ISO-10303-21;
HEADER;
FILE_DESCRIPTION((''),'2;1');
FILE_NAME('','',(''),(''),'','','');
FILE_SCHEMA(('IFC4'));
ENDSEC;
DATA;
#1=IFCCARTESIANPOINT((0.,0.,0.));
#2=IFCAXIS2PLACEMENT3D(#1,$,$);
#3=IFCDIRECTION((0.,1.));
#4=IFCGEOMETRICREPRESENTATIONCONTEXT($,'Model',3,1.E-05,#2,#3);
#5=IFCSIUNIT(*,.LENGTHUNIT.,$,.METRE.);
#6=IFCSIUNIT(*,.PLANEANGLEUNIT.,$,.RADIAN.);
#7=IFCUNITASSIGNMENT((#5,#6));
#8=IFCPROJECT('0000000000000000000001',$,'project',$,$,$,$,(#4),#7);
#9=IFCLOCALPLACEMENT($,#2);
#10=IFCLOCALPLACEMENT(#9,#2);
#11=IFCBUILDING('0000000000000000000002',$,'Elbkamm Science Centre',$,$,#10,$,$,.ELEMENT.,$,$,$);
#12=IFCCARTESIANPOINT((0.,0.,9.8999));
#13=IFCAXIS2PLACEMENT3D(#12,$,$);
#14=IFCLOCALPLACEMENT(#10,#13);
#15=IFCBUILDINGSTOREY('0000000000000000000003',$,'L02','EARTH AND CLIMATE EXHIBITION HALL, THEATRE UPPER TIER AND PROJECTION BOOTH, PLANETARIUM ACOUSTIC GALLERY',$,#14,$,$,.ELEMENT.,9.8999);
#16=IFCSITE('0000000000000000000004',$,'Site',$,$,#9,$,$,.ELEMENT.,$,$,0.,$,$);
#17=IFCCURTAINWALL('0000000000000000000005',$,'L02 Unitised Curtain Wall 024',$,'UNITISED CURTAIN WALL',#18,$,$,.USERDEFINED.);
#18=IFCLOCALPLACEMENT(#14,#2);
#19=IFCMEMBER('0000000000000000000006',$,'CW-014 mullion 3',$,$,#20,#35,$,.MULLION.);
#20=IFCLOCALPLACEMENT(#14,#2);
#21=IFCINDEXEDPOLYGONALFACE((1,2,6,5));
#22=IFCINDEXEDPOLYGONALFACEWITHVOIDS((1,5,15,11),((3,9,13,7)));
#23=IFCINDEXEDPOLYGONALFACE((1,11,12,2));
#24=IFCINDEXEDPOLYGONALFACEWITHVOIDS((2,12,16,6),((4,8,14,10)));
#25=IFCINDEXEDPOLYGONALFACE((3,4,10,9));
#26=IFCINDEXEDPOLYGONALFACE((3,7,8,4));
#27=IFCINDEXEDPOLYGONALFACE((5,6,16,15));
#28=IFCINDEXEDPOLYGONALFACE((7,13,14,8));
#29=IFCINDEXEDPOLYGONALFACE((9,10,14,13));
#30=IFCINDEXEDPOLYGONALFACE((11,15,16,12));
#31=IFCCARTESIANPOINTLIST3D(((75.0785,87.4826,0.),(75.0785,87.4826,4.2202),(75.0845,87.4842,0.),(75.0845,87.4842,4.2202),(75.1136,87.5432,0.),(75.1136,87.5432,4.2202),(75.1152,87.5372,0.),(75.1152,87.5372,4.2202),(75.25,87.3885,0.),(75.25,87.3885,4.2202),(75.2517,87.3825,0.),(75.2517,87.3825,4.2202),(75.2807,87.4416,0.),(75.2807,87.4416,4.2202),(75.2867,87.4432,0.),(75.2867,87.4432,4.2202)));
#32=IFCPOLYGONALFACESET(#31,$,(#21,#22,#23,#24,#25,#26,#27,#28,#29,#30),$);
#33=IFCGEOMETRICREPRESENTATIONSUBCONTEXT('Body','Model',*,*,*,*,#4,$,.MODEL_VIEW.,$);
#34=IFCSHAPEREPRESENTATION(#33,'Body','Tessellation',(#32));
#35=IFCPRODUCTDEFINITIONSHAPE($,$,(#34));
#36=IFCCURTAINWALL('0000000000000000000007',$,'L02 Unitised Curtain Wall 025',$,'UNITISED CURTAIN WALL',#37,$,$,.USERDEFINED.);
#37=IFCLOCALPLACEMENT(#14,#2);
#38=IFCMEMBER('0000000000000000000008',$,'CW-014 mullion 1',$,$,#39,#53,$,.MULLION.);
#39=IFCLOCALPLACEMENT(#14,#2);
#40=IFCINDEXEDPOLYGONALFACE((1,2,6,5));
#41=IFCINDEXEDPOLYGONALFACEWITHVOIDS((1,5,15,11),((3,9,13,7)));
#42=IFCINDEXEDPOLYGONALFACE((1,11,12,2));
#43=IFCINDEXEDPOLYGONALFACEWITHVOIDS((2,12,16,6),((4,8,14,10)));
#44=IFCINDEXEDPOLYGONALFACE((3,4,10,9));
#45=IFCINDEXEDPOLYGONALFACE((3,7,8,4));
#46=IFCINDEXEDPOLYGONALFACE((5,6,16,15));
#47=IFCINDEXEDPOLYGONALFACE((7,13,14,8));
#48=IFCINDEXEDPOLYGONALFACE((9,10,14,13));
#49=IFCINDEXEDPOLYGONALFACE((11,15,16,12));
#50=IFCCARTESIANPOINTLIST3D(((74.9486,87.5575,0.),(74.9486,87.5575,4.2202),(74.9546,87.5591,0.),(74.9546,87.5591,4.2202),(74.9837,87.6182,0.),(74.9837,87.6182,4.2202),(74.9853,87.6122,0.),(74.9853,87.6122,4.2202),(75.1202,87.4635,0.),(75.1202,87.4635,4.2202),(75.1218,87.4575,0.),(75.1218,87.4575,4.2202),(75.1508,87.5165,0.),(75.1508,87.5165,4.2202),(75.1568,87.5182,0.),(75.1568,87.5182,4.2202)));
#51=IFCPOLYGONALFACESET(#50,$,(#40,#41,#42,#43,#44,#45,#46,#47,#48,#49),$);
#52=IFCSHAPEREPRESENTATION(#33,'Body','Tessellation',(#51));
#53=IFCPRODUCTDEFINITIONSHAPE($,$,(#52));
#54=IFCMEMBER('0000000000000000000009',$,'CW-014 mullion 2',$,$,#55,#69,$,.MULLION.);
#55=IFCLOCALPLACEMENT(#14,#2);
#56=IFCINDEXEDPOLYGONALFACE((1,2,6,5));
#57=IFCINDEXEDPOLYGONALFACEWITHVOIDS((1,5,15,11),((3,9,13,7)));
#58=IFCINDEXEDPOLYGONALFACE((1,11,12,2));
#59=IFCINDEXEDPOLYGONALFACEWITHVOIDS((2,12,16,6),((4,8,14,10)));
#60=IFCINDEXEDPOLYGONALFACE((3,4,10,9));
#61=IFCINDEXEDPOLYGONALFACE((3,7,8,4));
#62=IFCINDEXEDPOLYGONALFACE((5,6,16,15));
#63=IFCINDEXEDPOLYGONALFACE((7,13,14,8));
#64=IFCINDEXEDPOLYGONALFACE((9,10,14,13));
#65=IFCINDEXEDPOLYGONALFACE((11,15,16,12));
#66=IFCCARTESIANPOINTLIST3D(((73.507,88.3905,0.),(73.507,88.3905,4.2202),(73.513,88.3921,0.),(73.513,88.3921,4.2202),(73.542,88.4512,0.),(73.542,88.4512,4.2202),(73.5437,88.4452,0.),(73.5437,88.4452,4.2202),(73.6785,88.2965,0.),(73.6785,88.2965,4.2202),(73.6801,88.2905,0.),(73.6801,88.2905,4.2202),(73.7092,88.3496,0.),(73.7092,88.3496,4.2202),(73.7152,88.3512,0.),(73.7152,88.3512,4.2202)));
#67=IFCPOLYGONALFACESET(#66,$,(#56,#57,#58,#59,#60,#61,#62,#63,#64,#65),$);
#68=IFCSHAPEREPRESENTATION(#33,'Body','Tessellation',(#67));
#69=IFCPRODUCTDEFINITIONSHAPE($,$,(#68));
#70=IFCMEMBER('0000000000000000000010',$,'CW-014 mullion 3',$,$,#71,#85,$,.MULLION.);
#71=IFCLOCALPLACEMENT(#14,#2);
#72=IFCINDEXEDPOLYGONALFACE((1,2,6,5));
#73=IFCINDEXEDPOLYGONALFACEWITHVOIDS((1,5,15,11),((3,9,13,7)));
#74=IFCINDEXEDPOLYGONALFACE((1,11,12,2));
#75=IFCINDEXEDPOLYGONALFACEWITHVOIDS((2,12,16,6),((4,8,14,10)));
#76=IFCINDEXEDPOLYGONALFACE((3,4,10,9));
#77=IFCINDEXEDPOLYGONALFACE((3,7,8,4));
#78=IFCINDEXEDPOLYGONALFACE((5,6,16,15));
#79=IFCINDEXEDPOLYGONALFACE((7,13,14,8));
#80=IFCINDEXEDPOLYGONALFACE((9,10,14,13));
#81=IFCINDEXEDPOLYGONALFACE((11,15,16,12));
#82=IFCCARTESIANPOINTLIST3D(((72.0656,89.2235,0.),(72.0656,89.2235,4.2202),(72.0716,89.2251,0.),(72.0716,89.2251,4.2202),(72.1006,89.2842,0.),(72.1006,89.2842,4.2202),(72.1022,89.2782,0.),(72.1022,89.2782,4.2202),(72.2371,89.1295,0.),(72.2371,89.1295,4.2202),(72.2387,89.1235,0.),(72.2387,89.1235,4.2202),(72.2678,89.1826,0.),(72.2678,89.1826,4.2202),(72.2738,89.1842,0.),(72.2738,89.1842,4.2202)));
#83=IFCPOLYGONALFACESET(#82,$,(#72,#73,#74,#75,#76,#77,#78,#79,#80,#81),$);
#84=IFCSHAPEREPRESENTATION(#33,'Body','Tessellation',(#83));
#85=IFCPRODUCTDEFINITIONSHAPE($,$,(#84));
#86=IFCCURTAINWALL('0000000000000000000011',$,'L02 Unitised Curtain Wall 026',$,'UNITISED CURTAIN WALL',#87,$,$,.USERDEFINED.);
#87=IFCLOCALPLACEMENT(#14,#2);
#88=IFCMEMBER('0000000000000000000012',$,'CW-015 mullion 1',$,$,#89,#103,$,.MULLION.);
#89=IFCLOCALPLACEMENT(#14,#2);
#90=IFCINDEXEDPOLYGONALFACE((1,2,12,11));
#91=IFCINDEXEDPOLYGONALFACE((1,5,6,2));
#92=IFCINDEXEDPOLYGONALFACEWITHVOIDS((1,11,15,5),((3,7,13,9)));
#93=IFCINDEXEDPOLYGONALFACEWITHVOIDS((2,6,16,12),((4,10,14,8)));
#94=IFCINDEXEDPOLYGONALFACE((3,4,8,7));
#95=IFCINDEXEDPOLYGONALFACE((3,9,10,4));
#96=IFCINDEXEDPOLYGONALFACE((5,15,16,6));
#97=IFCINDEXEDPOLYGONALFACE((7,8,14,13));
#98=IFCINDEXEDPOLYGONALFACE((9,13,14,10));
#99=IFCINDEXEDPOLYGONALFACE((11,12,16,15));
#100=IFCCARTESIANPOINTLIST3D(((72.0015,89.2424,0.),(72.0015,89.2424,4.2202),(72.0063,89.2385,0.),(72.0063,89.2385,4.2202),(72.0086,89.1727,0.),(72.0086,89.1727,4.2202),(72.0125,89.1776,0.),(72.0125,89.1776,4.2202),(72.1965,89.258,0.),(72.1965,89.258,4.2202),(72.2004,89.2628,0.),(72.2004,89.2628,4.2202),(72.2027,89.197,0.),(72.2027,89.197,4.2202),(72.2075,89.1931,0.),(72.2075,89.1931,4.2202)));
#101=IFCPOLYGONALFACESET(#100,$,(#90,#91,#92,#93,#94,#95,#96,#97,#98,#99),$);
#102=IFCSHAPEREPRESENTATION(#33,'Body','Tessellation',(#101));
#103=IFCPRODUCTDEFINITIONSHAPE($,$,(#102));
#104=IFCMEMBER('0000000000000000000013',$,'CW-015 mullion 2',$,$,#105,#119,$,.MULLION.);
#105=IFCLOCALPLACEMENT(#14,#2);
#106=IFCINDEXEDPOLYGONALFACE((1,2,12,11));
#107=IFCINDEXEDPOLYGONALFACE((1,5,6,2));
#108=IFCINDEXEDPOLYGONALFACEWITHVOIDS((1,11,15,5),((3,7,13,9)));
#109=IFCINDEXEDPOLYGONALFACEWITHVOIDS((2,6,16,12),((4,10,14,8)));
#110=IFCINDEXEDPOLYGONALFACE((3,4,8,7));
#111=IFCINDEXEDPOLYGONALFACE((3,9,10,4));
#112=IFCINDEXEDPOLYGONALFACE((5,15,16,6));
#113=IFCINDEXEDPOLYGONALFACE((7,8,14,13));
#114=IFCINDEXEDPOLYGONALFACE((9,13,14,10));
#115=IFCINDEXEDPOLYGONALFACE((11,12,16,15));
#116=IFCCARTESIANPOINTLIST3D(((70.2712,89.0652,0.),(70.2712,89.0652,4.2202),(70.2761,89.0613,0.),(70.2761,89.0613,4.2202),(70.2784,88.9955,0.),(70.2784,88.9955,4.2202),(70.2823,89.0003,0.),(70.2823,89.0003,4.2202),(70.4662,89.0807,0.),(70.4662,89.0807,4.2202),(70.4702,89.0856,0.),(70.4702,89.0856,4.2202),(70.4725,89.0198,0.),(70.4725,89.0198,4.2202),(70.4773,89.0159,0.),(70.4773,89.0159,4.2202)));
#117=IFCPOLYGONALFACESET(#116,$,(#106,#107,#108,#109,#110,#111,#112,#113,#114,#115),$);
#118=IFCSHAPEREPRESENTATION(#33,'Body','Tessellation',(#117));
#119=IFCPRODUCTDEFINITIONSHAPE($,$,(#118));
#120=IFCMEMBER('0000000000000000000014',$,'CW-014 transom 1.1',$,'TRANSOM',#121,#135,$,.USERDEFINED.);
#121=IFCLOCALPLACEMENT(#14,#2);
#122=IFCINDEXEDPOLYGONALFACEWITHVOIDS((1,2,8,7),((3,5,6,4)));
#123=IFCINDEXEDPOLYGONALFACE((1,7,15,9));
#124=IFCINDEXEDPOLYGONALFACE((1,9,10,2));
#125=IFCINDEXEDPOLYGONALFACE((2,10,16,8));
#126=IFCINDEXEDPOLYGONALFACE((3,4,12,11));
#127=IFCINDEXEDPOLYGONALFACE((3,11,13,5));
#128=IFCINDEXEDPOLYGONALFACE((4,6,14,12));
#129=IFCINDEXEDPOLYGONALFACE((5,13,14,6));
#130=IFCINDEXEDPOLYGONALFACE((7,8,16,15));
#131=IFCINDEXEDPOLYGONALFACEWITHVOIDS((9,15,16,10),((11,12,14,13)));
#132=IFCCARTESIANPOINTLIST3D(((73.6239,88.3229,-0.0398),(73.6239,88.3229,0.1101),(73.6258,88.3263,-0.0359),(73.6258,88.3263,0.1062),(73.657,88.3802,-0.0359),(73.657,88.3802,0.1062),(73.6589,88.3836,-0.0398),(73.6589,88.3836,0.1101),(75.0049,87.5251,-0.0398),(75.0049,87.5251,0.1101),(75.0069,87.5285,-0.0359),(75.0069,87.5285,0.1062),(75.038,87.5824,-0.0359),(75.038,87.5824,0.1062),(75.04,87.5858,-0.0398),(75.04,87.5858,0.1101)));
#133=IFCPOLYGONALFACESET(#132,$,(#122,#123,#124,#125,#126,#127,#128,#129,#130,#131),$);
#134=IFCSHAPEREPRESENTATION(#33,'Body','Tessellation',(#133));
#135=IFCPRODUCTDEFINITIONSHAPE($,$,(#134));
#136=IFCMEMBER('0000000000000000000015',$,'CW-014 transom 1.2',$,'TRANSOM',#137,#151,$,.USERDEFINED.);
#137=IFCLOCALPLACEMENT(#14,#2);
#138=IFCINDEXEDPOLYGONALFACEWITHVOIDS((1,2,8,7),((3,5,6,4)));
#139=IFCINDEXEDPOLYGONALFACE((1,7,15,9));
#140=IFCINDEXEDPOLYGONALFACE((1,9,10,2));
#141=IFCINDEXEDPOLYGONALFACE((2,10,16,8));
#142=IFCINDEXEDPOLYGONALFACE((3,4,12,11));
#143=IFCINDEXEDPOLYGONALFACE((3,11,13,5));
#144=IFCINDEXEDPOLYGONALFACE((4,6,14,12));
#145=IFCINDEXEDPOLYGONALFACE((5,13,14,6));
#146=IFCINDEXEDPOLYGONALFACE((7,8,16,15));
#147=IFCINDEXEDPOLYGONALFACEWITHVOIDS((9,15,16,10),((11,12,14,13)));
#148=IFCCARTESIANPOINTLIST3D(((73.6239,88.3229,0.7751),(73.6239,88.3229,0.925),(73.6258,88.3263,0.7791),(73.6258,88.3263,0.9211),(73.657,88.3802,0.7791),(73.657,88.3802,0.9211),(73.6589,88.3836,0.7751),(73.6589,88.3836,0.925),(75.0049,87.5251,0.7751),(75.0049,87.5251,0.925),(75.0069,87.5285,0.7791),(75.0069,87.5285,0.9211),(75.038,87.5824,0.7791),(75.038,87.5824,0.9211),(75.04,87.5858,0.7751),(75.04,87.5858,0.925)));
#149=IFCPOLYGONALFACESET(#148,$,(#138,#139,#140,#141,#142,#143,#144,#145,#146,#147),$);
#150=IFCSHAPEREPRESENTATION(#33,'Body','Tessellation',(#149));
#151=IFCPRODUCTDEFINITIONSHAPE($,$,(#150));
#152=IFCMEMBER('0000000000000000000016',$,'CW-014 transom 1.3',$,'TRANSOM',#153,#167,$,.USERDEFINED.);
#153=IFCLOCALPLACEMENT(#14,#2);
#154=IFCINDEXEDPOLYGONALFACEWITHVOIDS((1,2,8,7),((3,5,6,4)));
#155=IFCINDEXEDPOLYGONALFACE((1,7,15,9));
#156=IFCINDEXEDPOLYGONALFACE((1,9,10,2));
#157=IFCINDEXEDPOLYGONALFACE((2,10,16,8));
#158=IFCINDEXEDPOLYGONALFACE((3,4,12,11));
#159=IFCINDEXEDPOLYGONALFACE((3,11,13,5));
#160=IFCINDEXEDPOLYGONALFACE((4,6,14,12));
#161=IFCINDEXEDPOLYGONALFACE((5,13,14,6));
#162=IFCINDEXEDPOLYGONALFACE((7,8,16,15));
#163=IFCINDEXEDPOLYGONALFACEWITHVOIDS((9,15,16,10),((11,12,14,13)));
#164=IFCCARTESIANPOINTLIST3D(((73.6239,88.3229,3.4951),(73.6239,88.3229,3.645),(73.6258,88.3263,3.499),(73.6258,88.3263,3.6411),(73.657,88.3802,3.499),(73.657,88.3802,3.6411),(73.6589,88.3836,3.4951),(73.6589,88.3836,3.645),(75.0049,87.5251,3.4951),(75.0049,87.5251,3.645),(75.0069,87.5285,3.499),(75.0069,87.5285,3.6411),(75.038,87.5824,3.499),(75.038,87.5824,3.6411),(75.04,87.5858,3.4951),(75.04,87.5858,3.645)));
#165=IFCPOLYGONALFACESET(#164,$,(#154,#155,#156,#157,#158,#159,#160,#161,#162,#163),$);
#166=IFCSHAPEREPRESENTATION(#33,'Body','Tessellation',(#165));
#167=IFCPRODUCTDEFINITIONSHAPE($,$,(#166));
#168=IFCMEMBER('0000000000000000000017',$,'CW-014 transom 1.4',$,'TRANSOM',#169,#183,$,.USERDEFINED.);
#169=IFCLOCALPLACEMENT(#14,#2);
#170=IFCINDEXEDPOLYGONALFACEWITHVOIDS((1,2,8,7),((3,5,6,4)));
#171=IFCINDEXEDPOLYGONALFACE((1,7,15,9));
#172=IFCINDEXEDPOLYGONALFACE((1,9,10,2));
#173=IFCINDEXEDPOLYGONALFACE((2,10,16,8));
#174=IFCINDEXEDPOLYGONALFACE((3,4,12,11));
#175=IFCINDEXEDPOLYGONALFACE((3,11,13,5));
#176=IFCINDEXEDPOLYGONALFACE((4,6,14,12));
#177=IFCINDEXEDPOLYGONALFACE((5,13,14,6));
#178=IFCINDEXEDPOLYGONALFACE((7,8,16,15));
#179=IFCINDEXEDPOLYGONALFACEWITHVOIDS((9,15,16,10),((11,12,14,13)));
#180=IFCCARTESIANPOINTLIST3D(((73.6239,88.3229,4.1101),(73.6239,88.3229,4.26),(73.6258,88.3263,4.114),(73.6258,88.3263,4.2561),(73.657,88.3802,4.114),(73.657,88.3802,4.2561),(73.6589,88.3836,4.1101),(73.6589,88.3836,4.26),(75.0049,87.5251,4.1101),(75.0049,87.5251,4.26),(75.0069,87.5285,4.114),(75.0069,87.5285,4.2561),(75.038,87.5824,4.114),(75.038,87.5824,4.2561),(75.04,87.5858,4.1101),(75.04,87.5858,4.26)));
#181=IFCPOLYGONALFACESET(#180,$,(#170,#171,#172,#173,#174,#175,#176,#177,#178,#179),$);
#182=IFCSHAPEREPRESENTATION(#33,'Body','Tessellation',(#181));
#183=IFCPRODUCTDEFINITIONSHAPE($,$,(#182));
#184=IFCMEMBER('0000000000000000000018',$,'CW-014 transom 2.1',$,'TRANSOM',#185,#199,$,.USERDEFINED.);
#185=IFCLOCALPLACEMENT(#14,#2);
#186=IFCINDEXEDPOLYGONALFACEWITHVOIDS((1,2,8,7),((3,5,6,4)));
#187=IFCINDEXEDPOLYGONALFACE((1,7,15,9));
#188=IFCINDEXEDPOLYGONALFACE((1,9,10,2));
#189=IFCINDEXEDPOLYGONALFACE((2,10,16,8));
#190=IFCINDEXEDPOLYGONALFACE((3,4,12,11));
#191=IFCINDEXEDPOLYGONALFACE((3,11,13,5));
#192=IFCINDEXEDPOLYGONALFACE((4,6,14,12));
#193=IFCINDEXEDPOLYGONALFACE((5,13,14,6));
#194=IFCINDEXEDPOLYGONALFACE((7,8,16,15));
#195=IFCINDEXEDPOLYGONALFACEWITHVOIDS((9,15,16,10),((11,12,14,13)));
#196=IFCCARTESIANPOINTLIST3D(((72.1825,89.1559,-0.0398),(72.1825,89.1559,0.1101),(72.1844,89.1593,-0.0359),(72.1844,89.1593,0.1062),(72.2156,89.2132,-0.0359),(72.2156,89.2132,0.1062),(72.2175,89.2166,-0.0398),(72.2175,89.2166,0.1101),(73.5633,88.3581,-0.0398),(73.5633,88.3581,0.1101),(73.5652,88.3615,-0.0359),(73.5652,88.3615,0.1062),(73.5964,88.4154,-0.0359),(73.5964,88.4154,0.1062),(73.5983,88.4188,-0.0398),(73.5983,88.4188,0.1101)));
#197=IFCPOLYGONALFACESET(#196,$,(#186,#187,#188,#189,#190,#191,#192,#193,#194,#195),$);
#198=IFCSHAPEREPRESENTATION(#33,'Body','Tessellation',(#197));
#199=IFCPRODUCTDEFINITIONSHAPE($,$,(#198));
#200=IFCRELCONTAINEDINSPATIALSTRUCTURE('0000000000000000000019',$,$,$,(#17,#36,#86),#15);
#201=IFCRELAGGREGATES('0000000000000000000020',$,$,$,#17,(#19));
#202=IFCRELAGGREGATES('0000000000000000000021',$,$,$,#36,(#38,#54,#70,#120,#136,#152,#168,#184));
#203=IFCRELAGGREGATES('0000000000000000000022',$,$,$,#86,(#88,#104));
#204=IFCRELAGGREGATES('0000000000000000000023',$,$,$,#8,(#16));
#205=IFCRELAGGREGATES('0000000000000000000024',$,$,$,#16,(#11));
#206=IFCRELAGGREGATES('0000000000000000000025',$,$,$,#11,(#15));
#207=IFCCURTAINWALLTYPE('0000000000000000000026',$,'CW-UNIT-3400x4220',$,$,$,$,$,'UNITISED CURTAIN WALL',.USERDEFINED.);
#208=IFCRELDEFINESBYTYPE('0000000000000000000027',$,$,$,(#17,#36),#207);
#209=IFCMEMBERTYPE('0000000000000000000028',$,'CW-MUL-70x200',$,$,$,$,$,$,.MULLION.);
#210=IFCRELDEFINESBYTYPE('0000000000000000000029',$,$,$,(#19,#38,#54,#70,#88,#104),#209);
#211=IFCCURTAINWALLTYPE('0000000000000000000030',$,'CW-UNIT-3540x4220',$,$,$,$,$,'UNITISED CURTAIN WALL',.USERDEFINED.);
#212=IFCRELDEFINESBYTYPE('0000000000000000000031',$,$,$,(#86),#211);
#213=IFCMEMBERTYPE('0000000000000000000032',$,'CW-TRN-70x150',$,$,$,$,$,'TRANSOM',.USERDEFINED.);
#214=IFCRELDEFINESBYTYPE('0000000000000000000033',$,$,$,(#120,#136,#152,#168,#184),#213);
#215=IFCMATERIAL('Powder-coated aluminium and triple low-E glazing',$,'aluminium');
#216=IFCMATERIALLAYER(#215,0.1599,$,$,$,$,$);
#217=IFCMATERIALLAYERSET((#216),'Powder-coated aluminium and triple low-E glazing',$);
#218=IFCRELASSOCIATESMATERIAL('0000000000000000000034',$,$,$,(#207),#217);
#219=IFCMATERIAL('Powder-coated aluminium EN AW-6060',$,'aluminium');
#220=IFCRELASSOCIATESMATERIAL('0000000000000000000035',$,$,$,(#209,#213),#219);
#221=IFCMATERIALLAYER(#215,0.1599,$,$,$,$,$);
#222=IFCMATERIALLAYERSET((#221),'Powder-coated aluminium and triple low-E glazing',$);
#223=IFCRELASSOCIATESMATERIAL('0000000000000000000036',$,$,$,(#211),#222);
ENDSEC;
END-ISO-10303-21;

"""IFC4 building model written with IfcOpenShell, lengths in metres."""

from ifc_helpers import new_model, si_unit, direction, frame, origin, origin_2d, place, context, subcontext, project, spatial, hollow_rectangle, extrude, material, layer, layer_set, material_profile, profile_set, type_object, element, aggregate, save


model = new_model("IFC4")

# Units and contexts
model_context = context("Model", 3, precision=1e-05, world=origin(), true_north=direction((0.0, 1.0)))
body_context = subcontext(model_context, "Body", "Model", "MODEL_VIEW")
ifc_project = project(units=[si_unit("LENGTHUNIT", "METRE"), si_unit("PLANEANGLEUNIT", "RADIAN")], contexts=[model_context])

# Site, building, storey
site_placement = place(None, origin())
site = spatial("IfcSite", under=ifc_project, at=site_placement, Name="Site", CompositionType="ELEMENT", RefElevation=0.0)
building_placement = place(site_placement, origin())
building = spatial("IfcBuilding", under=site, at=building_placement, Name="Elbkamm Science Centre", CompositionType="ELEMENT")
storey_placement = place(building_placement, frame((0.0, 0.0, 9.8999)))
storey = spatial("IfcBuildingStorey", under=building, at=storey_placement, Name="L02", Description="EARTH AND CLIMATE EXHIBITION HALL, THEATRE UPPER TIER AND PROJECTION BOOTH, PLANETARIUM ACOUSTIC GALLERY", CompositionType="ELEMENT", Elevation=9.8999)

# Curtain wall, member
ifc_material_1 = material(Name="Powder-coated aluminium and triple low-E glazing", Category="aluminium")
ifc_layer_1 = layer(ifc_material_1, 0.1599)
ifc_layer_set_1 = layer_set([ifc_layer_1], Name="Powder-coated aluminium and triple low-E glazing")
curtain_wall_type_1 = type_object("IfcCurtainWallType", Name="CW-UNIT-3400x4220", ElementType="UNITISED CURTAIN WALL", PredefinedType="USERDEFINED", material=ifc_layer_set_1)
curtain_wall_1_placement = place(storey_placement, origin())
curtain_wall_1 = element("IfcCurtainWall", 1, at=curtain_wall_1_placement, inside=storey, type_object=curtain_wall_type_1, Name="L02 Unitised Curtain Wall 024", ObjectType="UNITISED CURTAIN WALL", PredefinedType="USERDEFINED")
ifc_material_2 = material(Name="Powder-coated aluminium EN AW-6060", Category="aluminium")
ifc_material_profile_1 = material_profile(ifc_material_2, hollow_rectangle(XDim=0.0701, YDim=0.2, WallThickness=0.0044, at=origin_2d()), Name="ALU M70x200")
ifc_profile_set_1 = profile_set([ifc_material_profile_1], Name="Powder-coated aluminium EN AW-6060")
member_type_1 = type_object("IfcMemberType", Name="CW-MUL-70x200", PredefinedType="MULLION", material=ifc_profile_set_1)
member_1_placement = place(storey_placement, frame((75.1826, 87.4629, 0.0), z_axis=(0.0, 0.0, 1.0), x_axis=(-0.500321, -0.86584, 0.0)))
member_1 = element("IfcMember", 2, at=member_1_placement, type_object=member_type_1, Name="CW-014 mullion 3", PredefinedType="MULLION", context=body_context, shape_type="SweptSolid", body=[
    extrude(hollow_rectangle(XDim=0.0701, YDim=0.2, WallThickness=0.0044, at=origin_2d()), origin(), (0.0, 0.0, 1.0), 4.2202),
])

# Curtain walls, members
curtain_wall_2_placement = place(storey_placement, origin())
curtain_wall_2 = element("IfcCurtainWall", 3, at=curtain_wall_2_placement, inside=storey, type_object=curtain_wall_type_1, Name="L02 Unitised Curtain Wall 025", ObjectType="UNITISED CURTAIN WALL", PredefinedType="USERDEFINED")
member_2_placement = place(storey_placement, frame((75.0527, 87.5378, 0.0), z_axis=(0.0, 0.0, 1.0), x_axis=(-0.500321, -0.86584, 0.0)))
member_2 = element("IfcMember", 4, at=member_2_placement, type_object=member_type_1, Name="CW-014 mullion 1", PredefinedType="MULLION", context=body_context, shape_type="SweptSolid", body=[
    extrude(hollow_rectangle(XDim=0.0701, YDim=0.2, WallThickness=0.0044, at=origin_2d()), origin(), (0.0, 0.0, 1.0), 4.2202),
])
member_3_placement = place(storey_placement, frame((73.6111, 88.3708, 0.0), z_axis=(0.0, 0.0, 1.0), x_axis=(-0.500321, -0.86584, 0.0)))
member_3 = element("IfcMember", 5, at=member_3_placement, type_object=member_type_1, Name="CW-014 mullion 2", PredefinedType="MULLION", context=body_context, shape_type="SweptSolid", body=[
    extrude(hollow_rectangle(XDim=0.0701, YDim=0.2, WallThickness=0.0044, at=origin_2d()), origin(), (0.0, 0.0, 1.0), 4.2202),
])
member_4_placement = place(storey_placement, frame((72.1697, 89.2039, 0.0), z_axis=(0.0, 0.0, 1.0), x_axis=(-0.500321, -0.86584, 0.0)))
member_4 = element("IfcMember", 6, at=member_4_placement, type_object=member_type_1, Name="CW-014 mullion 3", PredefinedType="MULLION", context=body_context, shape_type="SweptSolid", body=[
    extrude(hollow_rectangle(XDim=0.0701, YDim=0.2, WallThickness=0.0044, at=origin_2d()), origin(), (0.0, 0.0, 1.0), 4.2202),
])
ifc_layer_2 = layer(ifc_material_1, 0.1599)
ifc_layer_set_2 = layer_set([ifc_layer_2], Name="Powder-coated aluminium and triple low-E glazing")
curtain_wall_type_2 = type_object("IfcCurtainWallType", Name="CW-UNIT-3540x4220", ElementType="UNITISED CURTAIN WALL", PredefinedType="USERDEFINED", material=ifc_layer_set_2)
curtain_wall_3_placement = place(storey_placement, origin())
curtain_wall_3 = element("IfcCurtainWall", 7, at=curtain_wall_3_placement, inside=storey, type_object=curtain_wall_type_2, Name="L02 Unitised Curtain Wall 026", ObjectType="UNITISED CURTAIN WALL", PredefinedType="USERDEFINED")
member_5_placement = place(storey_placement, frame((72.1045, 89.2178, 0.0), z_axis=(0.0, 0.0, 1.0), x_axis=(0.101906, -0.994794, 0.0)))
member_5 = element("IfcMember", 8, at=member_5_placement, type_object=member_type_1, Name="CW-015 mullion 1", PredefinedType="MULLION", context=body_context, shape_type="SweptSolid", body=[
    extrude(hollow_rectangle(XDim=0.0701, YDim=0.2, WallThickness=0.0044, at=origin_2d()), origin(), (0.0, 0.0, 1.0), 4.2202),
])
member_6_placement = place(storey_placement, frame((70.3743, 89.0405, 0.0), z_axis=(0.0, 0.0, 1.0), x_axis=(0.101906, -0.994794, 0.0)))
member_6 = element("IfcMember", 9, at=member_6_placement, type_object=member_type_1, Name="CW-015 mullion 2", PredefinedType="MULLION", context=body_context, shape_type="SweptSolid", body=[
    extrude(hollow_rectangle(XDim=0.0701, YDim=0.2, WallThickness=0.0044, at=origin_2d()), origin(), (0.0, 0.0, 1.0), 4.2202),
])

# Members
ifc_material_profile_2 = material_profile(ifc_material_2, hollow_rectangle(XDim=0.0701, YDim=0.1499, WallThickness=0.0039, at=origin_2d()), Name="ALU T70x150")
ifc_profile_set_2 = profile_set([ifc_material_profile_2], Name="Powder-coated aluminium EN AW-6060")
member_type_2 = type_object("IfcMemberType", Name="CW-TRN-70x150", ElementType="TRANSOM", PredefinedType="USERDEFINED", material=ifc_profile_set_2)
member_7_placement = place(storey_placement, frame((75.0225, 87.5554, 0.0352), z_axis=(-0.865897, 0.500221, 0.0), x_axis=(-0.500221, -0.865897, 0.0)))
member_7 = element("IfcMember", 10, at=member_7_placement, type_object=member_type_2, Name="CW-014 transom 1.1", ObjectType="TRANSOM", PredefinedType="USERDEFINED", context=body_context, shape_type="SweptSolid", body=[
    extrude(hollow_rectangle(XDim=0.0701, YDim=0.1499, WallThickness=0.0039, at=origin_2d()), origin(), (0.0, 0.0, 1.0), 1.595),
])
member_8_placement = place(storey_placement, frame((75.0225, 87.5554, 0.8501), z_axis=(-0.865897, 0.500221, 0.0), x_axis=(-0.500221, -0.865897, 0.0)))
member_8 = element("IfcMember", 11, at=member_8_placement, type_object=member_type_2, Name="CW-014 transom 1.2", ObjectType="TRANSOM", PredefinedType="USERDEFINED", context=body_context, shape_type="SweptSolid", body=[
    extrude(hollow_rectangle(XDim=0.0701, YDim=0.1499, WallThickness=0.0039, at=origin_2d()), origin(), (0.0, 0.0, 1.0), 1.595),
])
member_9_placement = place(storey_placement, frame((75.0225, 87.5554, 3.5701), z_axis=(-0.865897, 0.500221, 0.0), x_axis=(-0.500221, -0.865897, 0.0)))
member_9 = element("IfcMember", 12, at=member_9_placement, type_object=member_type_2, Name="CW-014 transom 1.3", ObjectType="TRANSOM", PredefinedType="USERDEFINED", context=body_context, shape_type="SweptSolid", body=[
    extrude(hollow_rectangle(XDim=0.0701, YDim=0.1499, WallThickness=0.0039, at=origin_2d()), origin(), (0.0, 0.0, 1.0), 1.595),
])
member_10_placement = place(storey_placement, frame((75.0225, 87.5554, 4.1851), z_axis=(-0.865897, 0.500221, 0.0), x_axis=(-0.500221, -0.865897, 0.0)))
member_10 = element("IfcMember", 13, at=member_10_placement, type_object=member_type_2, Name="CW-014 transom 1.4", ObjectType="TRANSOM", PredefinedType="USERDEFINED", context=body_context, shape_type="SweptSolid", body=[
    extrude(hollow_rectangle(XDim=0.0701, YDim=0.1499, WallThickness=0.0039, at=origin_2d()), origin(), (0.0, 0.0, 1.0), 1.595),
])
member_11_placement = place(storey_placement, frame((73.5808, 88.3884, 0.0352), z_axis=(-0.865859, 0.500288, 0.0), x_axis=(-0.500288, -0.865859, 0.0)))
member_11 = element("IfcMember", 14, at=member_11_placement, type_object=member_type_2, Name="CW-014 transom 2.1", ObjectType="TRANSOM", PredefinedType="USERDEFINED", context=body_context, shape_type="SweptSolid", body=[
    extrude(hollow_rectangle(XDim=0.0701, YDim=0.1499, WallThickness=0.0039, at=origin_2d()), origin(), (0.0, 0.0, 1.0), 1.5947),
])

aggregate(curtain_wall_1, [member_1])
aggregate(curtain_wall_2, [member_2, member_3, member_4, member_7, member_8, member_9, member_10, member_11])
aggregate(curtain_wall_3, [member_5, member_6])

save(model, "model.ifc")
